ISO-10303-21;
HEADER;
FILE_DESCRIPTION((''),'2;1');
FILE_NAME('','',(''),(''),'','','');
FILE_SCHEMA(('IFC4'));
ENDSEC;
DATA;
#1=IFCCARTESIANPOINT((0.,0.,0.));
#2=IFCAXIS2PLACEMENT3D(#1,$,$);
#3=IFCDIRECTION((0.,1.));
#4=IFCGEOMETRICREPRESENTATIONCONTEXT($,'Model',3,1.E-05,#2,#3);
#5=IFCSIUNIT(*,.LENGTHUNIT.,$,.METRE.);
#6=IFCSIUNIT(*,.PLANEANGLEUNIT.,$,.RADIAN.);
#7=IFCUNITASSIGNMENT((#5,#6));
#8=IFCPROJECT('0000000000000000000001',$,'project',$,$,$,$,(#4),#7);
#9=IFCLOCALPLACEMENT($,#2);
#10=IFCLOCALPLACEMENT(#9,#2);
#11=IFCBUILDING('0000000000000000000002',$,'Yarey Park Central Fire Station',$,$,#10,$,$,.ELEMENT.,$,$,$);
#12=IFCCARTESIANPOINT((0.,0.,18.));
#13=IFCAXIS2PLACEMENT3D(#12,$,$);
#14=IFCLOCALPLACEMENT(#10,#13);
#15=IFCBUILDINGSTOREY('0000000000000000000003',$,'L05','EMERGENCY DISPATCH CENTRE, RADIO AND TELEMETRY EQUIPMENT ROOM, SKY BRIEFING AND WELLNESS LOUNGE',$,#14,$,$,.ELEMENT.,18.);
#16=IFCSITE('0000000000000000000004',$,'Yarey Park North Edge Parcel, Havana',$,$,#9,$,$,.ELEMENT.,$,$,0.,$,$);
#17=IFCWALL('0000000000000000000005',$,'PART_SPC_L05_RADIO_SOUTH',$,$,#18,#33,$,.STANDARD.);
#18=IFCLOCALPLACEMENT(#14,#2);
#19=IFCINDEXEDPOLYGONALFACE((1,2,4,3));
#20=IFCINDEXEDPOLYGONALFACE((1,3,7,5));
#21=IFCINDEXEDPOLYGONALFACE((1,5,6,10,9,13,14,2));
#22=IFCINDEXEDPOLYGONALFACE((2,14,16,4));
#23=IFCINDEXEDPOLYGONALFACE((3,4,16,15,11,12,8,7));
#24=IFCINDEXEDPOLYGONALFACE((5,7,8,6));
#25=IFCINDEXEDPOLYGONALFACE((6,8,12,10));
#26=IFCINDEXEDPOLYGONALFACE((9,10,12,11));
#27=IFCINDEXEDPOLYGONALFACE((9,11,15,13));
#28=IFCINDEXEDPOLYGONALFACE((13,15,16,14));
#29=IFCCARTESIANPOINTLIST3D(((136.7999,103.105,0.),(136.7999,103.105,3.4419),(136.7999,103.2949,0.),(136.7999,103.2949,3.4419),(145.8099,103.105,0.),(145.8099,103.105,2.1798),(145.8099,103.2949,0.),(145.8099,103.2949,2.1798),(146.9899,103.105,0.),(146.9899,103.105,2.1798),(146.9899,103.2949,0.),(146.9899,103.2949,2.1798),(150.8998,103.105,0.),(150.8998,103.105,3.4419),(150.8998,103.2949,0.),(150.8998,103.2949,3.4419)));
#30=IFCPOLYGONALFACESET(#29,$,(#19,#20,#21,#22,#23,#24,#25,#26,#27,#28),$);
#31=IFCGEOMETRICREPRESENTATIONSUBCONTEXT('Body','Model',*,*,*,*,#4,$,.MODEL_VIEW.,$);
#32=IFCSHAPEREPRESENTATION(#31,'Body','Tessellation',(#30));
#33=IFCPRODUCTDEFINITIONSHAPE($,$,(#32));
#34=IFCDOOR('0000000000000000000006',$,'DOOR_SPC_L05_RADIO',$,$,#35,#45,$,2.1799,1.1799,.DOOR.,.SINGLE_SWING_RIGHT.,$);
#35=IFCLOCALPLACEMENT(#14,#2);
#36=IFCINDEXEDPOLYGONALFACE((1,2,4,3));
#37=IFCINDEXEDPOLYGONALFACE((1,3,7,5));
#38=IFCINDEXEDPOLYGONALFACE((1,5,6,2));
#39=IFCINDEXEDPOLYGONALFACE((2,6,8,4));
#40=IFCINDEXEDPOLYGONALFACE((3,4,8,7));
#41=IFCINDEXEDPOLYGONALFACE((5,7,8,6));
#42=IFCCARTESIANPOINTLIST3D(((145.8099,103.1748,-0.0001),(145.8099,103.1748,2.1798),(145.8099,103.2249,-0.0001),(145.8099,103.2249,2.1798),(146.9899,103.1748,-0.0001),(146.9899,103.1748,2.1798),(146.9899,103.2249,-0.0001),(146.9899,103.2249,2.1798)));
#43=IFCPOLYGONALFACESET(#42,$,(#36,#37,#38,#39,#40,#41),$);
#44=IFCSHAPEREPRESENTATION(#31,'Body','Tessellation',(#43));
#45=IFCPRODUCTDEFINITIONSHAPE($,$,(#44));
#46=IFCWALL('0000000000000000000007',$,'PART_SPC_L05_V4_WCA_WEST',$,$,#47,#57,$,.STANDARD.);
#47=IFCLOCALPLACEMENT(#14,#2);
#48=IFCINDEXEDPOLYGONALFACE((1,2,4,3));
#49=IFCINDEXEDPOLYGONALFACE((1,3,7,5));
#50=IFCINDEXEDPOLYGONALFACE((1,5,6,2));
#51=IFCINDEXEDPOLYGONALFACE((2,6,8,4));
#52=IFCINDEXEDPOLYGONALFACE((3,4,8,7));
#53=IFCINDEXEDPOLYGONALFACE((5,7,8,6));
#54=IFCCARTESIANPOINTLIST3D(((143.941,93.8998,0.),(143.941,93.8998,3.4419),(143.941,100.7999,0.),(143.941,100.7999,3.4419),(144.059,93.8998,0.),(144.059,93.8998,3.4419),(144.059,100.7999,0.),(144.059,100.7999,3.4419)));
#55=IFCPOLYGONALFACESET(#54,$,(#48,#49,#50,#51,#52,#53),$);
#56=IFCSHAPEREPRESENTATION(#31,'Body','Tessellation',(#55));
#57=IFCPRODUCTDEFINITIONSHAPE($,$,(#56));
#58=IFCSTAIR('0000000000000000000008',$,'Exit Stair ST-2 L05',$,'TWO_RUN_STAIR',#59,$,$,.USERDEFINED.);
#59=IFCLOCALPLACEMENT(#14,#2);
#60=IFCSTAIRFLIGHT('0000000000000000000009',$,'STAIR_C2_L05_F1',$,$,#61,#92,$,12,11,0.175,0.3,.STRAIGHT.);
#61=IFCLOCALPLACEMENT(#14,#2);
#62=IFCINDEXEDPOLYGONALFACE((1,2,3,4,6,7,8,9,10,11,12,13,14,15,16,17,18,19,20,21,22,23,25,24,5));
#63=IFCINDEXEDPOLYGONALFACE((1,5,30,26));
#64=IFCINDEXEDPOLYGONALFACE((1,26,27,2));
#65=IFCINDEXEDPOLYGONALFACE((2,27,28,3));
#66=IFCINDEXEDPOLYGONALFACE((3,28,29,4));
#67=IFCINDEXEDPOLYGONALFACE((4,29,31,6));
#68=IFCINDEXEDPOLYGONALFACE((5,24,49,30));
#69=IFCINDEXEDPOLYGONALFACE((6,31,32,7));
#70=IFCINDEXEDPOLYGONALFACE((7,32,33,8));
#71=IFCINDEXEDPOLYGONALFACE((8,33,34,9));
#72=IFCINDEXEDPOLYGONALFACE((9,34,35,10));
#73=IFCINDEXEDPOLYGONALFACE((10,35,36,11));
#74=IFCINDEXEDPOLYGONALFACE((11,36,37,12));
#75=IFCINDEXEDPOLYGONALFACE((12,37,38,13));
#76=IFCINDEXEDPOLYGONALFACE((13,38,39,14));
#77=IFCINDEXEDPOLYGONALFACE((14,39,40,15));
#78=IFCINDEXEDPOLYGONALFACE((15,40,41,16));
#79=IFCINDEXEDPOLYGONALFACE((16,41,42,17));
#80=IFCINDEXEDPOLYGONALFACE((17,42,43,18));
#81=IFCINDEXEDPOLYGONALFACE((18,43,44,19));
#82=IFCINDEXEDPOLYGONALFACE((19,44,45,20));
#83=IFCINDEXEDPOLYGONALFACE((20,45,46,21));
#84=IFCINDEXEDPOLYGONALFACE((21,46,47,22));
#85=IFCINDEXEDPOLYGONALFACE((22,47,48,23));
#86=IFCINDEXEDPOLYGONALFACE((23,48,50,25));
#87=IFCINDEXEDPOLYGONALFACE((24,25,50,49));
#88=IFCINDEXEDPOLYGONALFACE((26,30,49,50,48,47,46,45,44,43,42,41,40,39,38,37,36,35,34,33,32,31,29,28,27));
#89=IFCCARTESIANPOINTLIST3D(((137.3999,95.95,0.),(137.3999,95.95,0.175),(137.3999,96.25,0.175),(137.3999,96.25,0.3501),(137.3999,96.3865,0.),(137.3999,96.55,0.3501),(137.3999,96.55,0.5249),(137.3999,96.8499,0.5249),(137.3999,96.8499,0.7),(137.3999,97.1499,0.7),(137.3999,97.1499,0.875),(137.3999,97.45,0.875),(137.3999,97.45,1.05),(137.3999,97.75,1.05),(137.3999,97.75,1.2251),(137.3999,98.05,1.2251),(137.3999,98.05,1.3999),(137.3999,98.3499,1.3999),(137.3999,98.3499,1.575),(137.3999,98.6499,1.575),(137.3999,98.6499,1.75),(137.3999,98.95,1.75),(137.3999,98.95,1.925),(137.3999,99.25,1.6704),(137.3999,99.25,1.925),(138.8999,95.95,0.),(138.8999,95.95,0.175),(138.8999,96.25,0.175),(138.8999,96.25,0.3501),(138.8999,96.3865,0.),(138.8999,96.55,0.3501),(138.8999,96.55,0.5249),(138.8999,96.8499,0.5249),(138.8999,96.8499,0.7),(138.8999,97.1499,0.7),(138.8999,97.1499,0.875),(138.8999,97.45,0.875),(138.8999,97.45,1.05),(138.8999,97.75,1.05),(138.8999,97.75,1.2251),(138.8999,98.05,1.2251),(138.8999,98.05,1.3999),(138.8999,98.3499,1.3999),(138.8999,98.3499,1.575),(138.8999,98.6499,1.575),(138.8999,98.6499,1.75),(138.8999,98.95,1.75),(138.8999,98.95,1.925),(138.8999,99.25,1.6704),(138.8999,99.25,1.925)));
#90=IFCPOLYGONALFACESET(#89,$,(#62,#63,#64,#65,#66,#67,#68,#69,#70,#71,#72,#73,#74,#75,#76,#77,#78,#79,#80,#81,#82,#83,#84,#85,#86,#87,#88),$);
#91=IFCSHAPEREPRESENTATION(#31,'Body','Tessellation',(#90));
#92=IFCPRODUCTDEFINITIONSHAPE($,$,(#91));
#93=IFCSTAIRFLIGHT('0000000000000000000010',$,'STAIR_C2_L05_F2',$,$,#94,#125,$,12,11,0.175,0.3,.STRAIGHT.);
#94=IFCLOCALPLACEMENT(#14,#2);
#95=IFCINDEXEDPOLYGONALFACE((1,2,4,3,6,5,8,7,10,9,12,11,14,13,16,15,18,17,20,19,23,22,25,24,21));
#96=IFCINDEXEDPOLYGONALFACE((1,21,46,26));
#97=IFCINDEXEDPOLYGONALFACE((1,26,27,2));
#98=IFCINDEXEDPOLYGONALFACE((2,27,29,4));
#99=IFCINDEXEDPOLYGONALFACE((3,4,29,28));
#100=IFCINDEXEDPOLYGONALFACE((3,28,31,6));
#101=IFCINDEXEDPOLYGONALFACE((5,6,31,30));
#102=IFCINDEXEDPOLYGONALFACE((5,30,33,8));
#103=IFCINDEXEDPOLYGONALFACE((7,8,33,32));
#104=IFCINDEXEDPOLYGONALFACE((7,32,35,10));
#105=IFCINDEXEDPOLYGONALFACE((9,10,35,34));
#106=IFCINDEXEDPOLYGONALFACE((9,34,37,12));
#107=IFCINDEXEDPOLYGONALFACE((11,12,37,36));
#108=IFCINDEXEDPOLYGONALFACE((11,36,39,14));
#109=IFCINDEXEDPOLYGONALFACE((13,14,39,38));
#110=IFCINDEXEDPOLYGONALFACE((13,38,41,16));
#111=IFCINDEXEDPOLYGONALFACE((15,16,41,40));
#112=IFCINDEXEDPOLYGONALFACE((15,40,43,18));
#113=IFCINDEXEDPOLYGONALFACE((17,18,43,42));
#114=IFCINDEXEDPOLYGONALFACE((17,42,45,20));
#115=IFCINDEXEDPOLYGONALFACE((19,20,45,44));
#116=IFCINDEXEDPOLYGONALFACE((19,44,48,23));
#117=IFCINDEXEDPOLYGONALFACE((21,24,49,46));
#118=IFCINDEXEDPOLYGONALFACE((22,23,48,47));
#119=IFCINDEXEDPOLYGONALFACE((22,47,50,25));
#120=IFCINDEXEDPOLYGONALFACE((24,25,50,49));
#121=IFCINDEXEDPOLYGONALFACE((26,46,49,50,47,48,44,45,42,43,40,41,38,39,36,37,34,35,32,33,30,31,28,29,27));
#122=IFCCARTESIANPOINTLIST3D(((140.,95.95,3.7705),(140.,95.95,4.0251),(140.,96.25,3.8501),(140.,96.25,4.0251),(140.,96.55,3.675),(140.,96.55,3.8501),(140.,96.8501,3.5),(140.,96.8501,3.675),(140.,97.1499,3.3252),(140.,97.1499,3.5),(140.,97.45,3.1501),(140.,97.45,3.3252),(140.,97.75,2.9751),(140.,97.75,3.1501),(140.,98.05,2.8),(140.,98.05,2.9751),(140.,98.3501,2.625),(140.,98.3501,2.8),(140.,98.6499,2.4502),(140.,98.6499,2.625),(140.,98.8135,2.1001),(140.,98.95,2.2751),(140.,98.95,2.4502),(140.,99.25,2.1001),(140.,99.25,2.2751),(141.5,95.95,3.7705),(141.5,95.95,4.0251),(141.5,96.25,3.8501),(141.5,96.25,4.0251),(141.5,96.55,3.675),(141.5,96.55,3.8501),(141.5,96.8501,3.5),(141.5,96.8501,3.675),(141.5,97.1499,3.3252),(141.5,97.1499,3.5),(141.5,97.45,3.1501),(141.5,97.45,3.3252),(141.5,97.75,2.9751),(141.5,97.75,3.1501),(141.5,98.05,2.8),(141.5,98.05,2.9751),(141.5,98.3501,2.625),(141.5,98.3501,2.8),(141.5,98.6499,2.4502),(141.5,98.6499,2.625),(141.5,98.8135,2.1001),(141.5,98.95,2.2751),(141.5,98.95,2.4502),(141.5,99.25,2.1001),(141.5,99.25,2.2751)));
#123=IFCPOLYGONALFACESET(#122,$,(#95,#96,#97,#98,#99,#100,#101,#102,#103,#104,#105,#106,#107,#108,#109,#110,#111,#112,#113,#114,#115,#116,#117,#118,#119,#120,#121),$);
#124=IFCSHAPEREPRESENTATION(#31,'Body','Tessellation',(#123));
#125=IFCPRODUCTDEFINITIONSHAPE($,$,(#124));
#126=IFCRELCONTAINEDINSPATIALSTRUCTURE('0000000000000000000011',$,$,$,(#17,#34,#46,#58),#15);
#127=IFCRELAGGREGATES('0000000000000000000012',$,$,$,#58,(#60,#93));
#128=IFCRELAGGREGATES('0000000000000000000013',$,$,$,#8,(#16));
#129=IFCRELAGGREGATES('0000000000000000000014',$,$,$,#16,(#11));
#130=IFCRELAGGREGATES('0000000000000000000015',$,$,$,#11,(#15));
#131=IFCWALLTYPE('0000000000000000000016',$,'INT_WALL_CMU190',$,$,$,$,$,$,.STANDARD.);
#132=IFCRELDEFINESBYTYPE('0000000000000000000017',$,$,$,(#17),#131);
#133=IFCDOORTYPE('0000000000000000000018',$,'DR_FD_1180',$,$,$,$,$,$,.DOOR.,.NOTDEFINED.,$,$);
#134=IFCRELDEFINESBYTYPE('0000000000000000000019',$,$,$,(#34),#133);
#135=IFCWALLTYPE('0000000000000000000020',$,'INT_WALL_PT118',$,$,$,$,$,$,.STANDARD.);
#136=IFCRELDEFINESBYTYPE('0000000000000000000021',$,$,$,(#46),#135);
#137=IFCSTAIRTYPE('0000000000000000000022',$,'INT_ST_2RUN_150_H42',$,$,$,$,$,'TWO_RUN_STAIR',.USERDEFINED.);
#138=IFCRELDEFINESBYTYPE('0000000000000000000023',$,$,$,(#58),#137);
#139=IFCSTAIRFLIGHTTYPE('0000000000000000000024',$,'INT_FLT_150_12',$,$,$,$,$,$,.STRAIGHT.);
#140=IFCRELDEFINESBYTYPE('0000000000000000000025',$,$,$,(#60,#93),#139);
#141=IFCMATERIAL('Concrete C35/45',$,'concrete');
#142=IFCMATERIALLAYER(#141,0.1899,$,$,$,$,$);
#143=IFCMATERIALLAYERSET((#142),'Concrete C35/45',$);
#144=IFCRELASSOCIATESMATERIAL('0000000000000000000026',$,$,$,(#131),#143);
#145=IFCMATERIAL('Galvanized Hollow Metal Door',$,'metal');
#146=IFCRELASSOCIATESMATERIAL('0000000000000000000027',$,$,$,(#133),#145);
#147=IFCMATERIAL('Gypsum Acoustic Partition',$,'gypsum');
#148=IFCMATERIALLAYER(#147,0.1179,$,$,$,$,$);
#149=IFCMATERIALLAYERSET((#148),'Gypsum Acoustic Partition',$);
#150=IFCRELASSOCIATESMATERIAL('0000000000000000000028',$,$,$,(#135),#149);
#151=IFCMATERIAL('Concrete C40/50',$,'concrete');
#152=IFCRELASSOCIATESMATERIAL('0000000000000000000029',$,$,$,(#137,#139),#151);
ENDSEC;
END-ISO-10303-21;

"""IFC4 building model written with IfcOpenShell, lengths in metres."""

from ifc_helpers import new_model, si_unit, direction, frame, frame_2d, origin, place, context, subcontext, project, spatial, polyline, rectangle, outline, extrude, material, layer, layer_set, type_object, element, fill, aggregate, save


model = new_model("IFC4")

# Units and contexts
model_context = context("Model", 3, precision=1e-05, world=origin(), true_north=direction((0.0, 1.0)))
body_context = subcontext(model_context, "Body", "Model", "MODEL_VIEW")
ifc_project = project(units=[si_unit("LENGTHUNIT", "METRE"), si_unit("PLANEANGLEUNIT", "RADIAN")], contexts=[model_context])

# Site, building, storey
site_placement = place(None, origin())
site = spatial("IfcSite", under=ifc_project, at=site_placement, Name="Yarey Park North Edge Parcel, Havana", CompositionType="ELEMENT", RefElevation=0.0)
building_placement = place(site_placement, origin())
building = spatial("IfcBuilding", under=site, at=building_placement, Name="Yarey Park Central Fire Station", CompositionType="ELEMENT")
storey_placement = place(building_placement, frame((0.0, 0.0, 18.0)))
storey = spatial("IfcBuildingStorey", under=building, at=storey_placement, Name="L05", Description="EMERGENCY DISPATCH CENTRE, RADIO AND TELEMETRY EQUIPMENT ROOM, SKY BRIEFING AND WELLNESS LOUNGE", CompositionType="ELEMENT", Elevation=18.0)

# Shared definitions
ifc_material_1 = material(Name="Concrete C40/50", Category="concrete")

# Shared definitions
ifc_material_2 = material(Name="Galvanized Hollow Metal Door", Category="metal")

# Shared definitions
ifc_material_3 = material(Name="Concrete C35/45", Category="concrete")
ifc_layer_1 = layer(ifc_material_3, 0.1899)
ifc_layer_set_1 = layer_set([ifc_layer_1], Name="Concrete C35/45")
wall_type_1 = type_object("IfcWallType", Name="INT_WALL_CMU190", PredefinedType="STANDARD", material=ifc_layer_set_1)

# Wall, opening, door
wall_1_placement = place(storey_placement, frame((136.8, 103.2, 0.0), z_axis=(0.0, 0.0, 1.0), x_axis=(1.0, 0.0, 0.0)))
wall_1 = element("IfcWall", 1, at=wall_1_placement, inside=storey, type_object=wall_type_1, Name="PART_SPC_L05_RADIO_SOUTH", PredefinedType="STANDARD", context=body_context, shape_type="SweptSolid", body=[
    extrude(rectangle(XDim=14.0999, YDim=0.1899, at=frame_2d((7.0498, 0.0))), origin(), (0.0, 0.0, 1.0), 3.4419),
])
opening_1_placement = place(wall_1_placement, frame((9.01, 0.0, 0.0)))
opening_1 = element("IfcOpeningElement", 2, at=opening_1_placement, cuts=wall_1, PredefinedType="OPENING", context=body_context, shape_type="SweptSolid", body=[
    extrude(rectangle(XDim=1.1799, YDim=2.1799, at=frame_2d((0.5898, 1.0898))), frame((0.0, 0.105, 0.0), z_axis=(0.0, -1.0, 0.0), x_axis=(1.0, 0.0, 0.0)), (0.0, 0.0, 1.0), 0.21),
])
door_type_1 = type_object("IfcDoorType", Name="DR_FD_1180", OperationType="NOTDEFINED", PredefinedType="DOOR", material=ifc_material_2)
door_1_placement = place(opening_1_placement, origin())
door_1 = element("IfcDoor", 3, at=door_1_placement, inside=storey, type_object=door_type_1, Name="DOOR_SPC_L05_RADIO", OperationType="SINGLE_SWING_RIGHT", OverallHeight=2.1799, OverallWidth=1.1799, PredefinedType="DOOR", context=body_context, shape_type="SweptSolid", body=[
    extrude(rectangle(XDim=1.1799, YDim=2.1799, at=frame_2d((0.5898, 1.0898))), frame((0.0, 0.0249, 0.0), z_axis=(0.0, -1.0, 0.0), x_axis=(1.0, 0.0, 0.0)), (0.0, 0.0, 1.0), 0.05),
])
fill(opening_1, door_1)

# Wall
ifc_material_4 = material(Name="Gypsum Acoustic Partition", Category="gypsum")
ifc_layer_2 = layer(ifc_material_4, 0.1179)
ifc_layer_set_2 = layer_set([ifc_layer_2], Name="Gypsum Acoustic Partition")
wall_type_2 = type_object("IfcWallType", Name="INT_WALL_PT118", PredefinedType="STANDARD", material=ifc_layer_set_2)
wall_2_placement = place(storey_placement, frame((144.0, 100.8, 0.0), z_axis=(0.0, 0.0, 1.0), x_axis=(0.0, -1.0, 0.0)))
element("IfcWall", 4, at=wall_2_placement, inside=storey, type_object=wall_type_2, Name="PART_SPC_L05_V4_WCA_WEST", PredefinedType="STANDARD", context=body_context, shape_type="SweptSolid", body=[
    extrude(rectangle(XDim=6.9001, YDim=0.1179, at=frame_2d((3.4502, 0.0))), origin(), (0.0, 0.0, 1.0), 3.4419),
])

# Stair, stair flights
stair_type = type_object("IfcStairType", Name="INT_ST_2RUN_150_H42", ElementType="TWO_RUN_STAIR", PredefinedType="USERDEFINED", material=ifc_material_1)
stair_placement = place(storey_placement, origin())
stair = element("IfcStair", 5, at=stair_placement, inside=storey, type_object=stair_type, Name="Exit Stair ST-2 L05", ObjectType="TWO_RUN_STAIR", PredefinedType="USERDEFINED")
stair_flight_type = type_object("IfcStairFlightType", Name="INT_FLT_150_12", PredefinedType="STRAIGHT", material=ifc_material_1)
stair_flight_1_placement = place(storey_placement, frame((138.1499, 95.95, 0.0), z_axis=(0.0, 0.0, 1.0), x_axis=(0.0, 1.0, 0.0)))
stair_flight_1 = element("IfcStairFlight", 6, at=stair_flight_1_placement, type_object=stair_flight_type, Name="STAIR_C2_L05_F1", NumberOfRisers=12, NumberOfTreads=11, PredefinedType="STRAIGHT", RiserHeight=0.175, TreadLength=0.3, context=body_context, shape_type="SweptSolid", body=[
    extrude(outline(polyline([(0.0, 0.0), (0.0, 0.175), (0.3, 0.175), (0.3, 0.3501), (0.6001, 0.3501), (0.6001, 0.5249), (0.8999, 0.5249), (0.8999, 0.7), (1.2, 0.7), (1.2, 0.875), (1.5, 0.875), (1.5, 1.05), (1.8, 1.05), (1.8, 1.2251), (2.1001, 1.2251), (2.1001, 1.3999), (2.3999, 1.3999), (2.3999, 1.575), (2.7, 1.575), (2.7, 1.75), (3.0, 1.75), (3.0, 1.925), (3.3, 1.925), (3.3, 2.1001), (3.3, 1.6704), (0.4365, 0.0), (0.0, 0.0)])), frame((0.0, 0.75, 0.0), z_axis=(0.0, -1.0, 0.0), x_axis=(1.0, 0.0, 0.0)), (0.0, 0.0, 1.0), 1.5),
])
stair_flight_2_placement = place(storey_placement, frame((140.75, 99.25, 2.1001), z_axis=(0.0, 0.0, 1.0), x_axis=(0.0, -1.0, 0.0)))
stair_flight_2 = element("IfcStairFlight", 7, at=stair_flight_2_placement, type_object=stair_flight_type, Name="STAIR_C2_L05_F2", NumberOfRisers=12, NumberOfTreads=11, PredefinedType="STRAIGHT", RiserHeight=0.175, TreadLength=0.3, context=body_context, shape_type="SweptSolid", body=[
    extrude(outline(polyline([(0.0, 0.0), (0.0, 0.175), (0.3, 0.175), (0.3, 0.3501), (0.6001, 0.3501), (0.6001, 0.5249), (0.8999, 0.5249), (0.8999, 0.7), (1.2, 0.7), (1.2, 0.875), (1.5, 0.875), (1.5, 1.05), (1.8, 1.05), (1.8, 1.2251), (2.1001, 1.2251), (2.1001, 1.3999), (2.3999, 1.3999), (2.3999, 1.575), (2.7, 1.575), (2.7, 1.75), (3.0, 1.75), (3.0, 1.925), (3.3, 1.925), (3.3, 2.1001), (3.3, 1.6704), (0.4365, 0.0), (0.0, 0.0)])), frame((0.0, 0.75, 0.0), z_axis=(0.0, -1.0, 0.0), x_axis=(1.0, 0.0, 0.0)), (0.0, 0.0, 1.0), 1.5),
])
aggregate(stair, [stair_flight_1, stair_flight_2])

save(model, "model.ifc")
